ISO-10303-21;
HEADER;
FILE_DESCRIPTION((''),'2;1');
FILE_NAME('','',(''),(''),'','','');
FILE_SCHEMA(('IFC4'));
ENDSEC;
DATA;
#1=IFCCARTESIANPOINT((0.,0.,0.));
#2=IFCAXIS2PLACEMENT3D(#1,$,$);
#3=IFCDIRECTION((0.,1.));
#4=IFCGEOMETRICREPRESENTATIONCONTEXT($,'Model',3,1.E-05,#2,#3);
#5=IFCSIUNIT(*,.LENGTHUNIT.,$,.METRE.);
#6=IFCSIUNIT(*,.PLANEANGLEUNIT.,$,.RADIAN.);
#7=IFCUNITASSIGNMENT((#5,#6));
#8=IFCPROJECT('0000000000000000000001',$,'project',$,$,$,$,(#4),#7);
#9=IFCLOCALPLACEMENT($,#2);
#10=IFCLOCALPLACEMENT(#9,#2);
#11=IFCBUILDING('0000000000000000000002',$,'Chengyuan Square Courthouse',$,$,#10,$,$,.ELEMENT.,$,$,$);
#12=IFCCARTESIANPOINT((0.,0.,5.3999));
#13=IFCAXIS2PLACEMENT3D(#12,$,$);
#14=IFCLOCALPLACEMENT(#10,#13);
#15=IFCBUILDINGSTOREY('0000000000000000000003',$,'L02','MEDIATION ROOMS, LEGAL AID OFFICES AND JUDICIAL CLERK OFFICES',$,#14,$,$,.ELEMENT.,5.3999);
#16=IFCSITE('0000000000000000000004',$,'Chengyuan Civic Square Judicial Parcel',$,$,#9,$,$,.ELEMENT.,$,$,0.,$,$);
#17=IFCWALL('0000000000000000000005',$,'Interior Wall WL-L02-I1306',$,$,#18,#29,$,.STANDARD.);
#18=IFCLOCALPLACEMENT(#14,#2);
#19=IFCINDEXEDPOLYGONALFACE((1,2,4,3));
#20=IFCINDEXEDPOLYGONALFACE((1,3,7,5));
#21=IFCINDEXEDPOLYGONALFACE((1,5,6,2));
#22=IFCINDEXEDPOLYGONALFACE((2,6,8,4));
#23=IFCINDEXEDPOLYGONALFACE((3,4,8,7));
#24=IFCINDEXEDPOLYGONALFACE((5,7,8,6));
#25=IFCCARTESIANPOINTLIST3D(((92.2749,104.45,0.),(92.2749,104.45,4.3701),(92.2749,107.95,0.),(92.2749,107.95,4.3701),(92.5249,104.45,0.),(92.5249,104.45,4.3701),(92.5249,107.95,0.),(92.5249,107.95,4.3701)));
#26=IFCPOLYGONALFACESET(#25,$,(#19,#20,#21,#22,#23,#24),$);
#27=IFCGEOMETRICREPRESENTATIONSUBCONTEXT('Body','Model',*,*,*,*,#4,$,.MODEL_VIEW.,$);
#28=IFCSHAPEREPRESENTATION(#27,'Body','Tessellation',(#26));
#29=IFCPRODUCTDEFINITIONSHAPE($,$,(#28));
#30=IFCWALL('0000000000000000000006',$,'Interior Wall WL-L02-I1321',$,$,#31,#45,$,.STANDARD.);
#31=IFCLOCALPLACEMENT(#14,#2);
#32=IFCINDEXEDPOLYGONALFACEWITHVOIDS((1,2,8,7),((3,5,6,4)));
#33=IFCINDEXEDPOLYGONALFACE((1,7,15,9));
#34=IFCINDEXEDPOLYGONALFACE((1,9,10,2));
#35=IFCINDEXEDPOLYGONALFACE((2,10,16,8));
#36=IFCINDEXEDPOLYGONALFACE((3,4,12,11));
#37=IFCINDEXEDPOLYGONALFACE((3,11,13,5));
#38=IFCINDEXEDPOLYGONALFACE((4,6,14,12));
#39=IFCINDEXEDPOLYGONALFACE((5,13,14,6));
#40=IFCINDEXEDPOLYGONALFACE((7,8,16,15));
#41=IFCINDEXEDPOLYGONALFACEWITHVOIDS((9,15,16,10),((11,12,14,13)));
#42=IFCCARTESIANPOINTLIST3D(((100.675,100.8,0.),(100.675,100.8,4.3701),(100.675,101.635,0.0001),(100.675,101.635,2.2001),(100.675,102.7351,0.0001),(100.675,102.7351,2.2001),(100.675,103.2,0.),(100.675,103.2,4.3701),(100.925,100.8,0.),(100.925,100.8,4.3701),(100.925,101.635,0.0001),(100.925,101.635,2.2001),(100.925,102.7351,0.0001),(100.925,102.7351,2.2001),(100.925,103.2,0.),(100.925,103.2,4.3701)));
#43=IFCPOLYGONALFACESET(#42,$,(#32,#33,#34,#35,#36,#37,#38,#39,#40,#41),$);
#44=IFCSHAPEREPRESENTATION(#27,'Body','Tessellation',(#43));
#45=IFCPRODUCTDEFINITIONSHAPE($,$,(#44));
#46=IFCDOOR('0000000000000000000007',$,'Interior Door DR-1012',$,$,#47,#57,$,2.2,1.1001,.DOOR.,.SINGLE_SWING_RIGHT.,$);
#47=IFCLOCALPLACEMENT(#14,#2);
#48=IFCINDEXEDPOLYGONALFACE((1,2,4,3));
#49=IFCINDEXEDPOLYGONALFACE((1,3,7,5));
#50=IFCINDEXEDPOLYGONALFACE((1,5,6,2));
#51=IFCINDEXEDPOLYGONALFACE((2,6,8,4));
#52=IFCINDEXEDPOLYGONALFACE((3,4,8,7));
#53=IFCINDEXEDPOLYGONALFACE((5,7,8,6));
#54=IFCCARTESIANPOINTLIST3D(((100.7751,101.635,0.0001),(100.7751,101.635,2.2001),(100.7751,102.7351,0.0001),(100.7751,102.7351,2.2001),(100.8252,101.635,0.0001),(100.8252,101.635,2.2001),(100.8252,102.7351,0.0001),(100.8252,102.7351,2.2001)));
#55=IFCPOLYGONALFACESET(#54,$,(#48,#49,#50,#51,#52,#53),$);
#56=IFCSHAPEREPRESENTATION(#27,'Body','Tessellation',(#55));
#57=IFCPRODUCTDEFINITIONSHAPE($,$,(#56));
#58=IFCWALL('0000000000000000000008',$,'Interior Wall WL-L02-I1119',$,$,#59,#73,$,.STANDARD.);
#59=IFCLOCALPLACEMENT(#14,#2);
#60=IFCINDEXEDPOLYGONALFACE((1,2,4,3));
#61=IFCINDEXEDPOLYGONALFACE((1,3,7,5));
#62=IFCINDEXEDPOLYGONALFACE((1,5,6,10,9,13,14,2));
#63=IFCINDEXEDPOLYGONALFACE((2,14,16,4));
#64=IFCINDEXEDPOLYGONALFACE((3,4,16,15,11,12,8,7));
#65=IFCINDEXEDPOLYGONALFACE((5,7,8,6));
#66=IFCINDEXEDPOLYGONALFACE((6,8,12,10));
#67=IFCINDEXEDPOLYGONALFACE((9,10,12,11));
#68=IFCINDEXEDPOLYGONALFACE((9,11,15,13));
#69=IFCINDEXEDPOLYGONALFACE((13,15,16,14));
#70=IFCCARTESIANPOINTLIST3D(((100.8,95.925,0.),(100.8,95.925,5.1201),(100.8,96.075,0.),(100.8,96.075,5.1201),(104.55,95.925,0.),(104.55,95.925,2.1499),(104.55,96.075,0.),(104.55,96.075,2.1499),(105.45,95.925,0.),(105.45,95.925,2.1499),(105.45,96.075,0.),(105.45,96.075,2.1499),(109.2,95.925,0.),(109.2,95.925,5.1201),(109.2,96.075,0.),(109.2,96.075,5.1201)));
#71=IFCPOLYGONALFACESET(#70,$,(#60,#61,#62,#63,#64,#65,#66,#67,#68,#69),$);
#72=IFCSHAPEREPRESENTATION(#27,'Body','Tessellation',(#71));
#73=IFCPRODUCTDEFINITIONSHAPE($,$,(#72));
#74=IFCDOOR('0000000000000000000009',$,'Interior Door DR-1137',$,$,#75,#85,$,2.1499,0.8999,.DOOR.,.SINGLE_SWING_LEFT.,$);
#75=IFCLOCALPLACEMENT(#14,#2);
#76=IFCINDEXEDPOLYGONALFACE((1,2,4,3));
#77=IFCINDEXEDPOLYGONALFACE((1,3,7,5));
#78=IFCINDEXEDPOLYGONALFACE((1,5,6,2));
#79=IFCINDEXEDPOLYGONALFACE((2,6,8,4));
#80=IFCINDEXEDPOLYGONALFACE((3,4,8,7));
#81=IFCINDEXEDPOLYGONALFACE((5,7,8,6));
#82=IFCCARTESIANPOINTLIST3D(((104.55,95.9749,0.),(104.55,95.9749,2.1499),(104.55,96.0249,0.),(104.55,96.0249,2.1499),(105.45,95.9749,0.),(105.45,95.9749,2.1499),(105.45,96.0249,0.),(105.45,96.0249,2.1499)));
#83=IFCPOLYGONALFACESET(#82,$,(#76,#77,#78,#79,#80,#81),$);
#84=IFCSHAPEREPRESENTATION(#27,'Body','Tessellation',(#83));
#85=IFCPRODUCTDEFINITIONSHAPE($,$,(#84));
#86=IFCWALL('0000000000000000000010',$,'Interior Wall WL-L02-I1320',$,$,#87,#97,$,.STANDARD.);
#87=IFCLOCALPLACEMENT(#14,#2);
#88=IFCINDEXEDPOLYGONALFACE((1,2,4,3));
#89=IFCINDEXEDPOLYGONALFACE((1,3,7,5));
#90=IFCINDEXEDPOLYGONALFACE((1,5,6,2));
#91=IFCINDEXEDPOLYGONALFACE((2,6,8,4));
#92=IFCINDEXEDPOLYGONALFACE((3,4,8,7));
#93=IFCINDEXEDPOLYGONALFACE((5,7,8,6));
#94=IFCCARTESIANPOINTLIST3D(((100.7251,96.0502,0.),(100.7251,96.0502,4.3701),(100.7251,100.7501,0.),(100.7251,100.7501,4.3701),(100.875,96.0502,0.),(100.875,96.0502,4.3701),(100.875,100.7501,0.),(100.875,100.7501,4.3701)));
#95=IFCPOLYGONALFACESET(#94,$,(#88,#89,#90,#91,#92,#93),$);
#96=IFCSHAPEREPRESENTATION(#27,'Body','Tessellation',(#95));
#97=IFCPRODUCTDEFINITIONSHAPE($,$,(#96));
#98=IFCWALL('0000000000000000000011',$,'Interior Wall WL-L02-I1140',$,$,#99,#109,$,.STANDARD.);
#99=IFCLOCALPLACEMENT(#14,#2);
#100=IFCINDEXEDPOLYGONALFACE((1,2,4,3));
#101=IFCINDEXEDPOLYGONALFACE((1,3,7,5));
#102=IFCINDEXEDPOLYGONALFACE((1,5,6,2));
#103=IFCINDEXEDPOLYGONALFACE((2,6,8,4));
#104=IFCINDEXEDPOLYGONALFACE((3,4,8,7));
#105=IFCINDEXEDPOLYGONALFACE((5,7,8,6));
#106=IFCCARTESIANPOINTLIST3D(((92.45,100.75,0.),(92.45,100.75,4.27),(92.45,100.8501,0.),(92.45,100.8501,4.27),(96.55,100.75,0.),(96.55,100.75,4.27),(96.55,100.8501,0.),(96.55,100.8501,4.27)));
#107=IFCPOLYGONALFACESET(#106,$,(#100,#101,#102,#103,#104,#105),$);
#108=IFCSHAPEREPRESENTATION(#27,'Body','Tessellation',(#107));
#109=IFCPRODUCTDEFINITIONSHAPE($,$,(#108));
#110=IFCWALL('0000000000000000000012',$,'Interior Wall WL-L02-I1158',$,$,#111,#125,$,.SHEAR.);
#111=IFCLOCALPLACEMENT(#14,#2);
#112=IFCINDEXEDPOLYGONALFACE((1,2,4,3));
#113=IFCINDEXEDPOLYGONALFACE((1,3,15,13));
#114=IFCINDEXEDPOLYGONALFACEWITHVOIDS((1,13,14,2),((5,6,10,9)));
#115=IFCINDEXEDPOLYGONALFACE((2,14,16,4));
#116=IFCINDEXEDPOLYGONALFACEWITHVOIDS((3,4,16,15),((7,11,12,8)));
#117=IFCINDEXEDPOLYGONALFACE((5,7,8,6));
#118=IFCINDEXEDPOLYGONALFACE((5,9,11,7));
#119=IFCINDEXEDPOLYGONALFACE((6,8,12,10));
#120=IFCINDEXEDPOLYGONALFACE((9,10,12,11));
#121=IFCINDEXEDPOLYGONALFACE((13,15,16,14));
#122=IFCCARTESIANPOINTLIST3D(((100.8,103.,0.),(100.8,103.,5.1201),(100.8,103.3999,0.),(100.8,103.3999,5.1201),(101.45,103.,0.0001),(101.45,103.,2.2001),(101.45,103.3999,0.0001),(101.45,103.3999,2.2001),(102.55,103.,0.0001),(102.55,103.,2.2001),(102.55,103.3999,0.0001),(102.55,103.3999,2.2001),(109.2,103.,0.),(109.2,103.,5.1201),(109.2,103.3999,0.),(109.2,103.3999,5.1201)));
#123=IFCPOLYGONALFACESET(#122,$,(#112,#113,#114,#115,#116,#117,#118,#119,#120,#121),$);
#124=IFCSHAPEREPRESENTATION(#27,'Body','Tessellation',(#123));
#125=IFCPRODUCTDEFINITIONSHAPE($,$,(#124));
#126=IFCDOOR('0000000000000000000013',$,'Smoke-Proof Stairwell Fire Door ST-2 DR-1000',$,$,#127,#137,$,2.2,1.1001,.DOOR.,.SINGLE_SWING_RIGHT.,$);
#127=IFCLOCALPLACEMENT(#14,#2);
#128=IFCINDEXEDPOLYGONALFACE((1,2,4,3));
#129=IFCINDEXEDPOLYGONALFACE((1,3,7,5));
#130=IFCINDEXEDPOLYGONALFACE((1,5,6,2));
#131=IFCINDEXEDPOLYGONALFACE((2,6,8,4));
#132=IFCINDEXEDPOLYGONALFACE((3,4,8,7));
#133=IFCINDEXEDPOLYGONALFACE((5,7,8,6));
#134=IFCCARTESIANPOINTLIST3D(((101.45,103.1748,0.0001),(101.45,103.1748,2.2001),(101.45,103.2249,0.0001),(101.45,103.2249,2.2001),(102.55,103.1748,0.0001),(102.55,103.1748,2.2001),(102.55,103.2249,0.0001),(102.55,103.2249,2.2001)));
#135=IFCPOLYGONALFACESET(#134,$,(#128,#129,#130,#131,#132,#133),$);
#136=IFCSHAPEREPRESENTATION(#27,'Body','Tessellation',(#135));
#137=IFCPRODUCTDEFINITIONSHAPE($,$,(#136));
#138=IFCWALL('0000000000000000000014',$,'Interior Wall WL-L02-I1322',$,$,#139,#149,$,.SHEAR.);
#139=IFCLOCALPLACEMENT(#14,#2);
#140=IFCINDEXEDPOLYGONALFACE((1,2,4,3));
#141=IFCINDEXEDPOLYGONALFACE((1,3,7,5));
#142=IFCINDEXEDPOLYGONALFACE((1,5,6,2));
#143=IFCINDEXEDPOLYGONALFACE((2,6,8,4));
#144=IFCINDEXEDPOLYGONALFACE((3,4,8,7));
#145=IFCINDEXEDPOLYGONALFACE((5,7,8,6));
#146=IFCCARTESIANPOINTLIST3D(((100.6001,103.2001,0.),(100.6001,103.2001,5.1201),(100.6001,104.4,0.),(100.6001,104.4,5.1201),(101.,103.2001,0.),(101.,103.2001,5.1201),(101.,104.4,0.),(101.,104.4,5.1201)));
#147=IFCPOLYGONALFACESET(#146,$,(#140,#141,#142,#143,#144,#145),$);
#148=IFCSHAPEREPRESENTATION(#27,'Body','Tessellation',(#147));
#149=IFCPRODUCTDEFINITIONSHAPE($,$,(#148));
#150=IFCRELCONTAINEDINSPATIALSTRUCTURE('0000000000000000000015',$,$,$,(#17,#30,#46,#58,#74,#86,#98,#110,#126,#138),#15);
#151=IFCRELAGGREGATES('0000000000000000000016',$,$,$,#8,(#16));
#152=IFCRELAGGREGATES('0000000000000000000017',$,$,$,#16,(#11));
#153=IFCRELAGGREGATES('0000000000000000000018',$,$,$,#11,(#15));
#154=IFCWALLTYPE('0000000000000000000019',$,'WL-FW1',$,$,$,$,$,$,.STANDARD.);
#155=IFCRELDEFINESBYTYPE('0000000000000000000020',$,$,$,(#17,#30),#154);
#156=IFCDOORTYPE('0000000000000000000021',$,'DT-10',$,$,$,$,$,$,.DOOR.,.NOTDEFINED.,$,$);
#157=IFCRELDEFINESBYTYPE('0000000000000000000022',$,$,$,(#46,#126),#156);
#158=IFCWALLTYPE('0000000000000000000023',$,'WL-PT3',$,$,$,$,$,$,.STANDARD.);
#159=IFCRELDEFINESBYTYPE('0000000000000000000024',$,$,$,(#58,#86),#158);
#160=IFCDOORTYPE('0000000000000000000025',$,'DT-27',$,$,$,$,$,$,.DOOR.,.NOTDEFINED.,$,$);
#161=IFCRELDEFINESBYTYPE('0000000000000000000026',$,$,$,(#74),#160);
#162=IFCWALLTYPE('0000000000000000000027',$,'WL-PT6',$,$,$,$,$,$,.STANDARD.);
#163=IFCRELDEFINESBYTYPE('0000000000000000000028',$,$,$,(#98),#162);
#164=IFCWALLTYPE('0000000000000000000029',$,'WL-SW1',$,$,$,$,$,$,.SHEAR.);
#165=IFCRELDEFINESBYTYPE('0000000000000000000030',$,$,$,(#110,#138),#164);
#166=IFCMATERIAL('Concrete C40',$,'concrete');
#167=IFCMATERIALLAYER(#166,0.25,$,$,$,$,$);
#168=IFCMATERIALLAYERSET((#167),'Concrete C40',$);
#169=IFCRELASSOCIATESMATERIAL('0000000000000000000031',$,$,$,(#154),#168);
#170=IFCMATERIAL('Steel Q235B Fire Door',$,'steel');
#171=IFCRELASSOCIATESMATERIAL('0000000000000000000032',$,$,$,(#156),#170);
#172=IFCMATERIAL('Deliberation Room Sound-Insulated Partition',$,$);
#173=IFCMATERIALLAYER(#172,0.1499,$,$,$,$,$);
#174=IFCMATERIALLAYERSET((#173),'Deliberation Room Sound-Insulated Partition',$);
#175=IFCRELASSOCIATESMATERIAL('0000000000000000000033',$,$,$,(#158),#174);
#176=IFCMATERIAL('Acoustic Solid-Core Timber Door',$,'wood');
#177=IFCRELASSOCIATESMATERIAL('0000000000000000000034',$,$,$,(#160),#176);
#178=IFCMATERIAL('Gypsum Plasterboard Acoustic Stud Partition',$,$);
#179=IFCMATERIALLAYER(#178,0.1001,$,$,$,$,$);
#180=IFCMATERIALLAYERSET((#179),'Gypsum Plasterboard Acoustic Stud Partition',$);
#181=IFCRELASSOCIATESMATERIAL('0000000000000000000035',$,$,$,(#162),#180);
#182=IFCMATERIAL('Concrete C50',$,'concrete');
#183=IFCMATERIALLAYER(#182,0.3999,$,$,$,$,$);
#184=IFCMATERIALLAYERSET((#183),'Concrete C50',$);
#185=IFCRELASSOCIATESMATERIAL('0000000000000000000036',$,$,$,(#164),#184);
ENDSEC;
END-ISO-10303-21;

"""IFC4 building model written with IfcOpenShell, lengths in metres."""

from ifc_helpers import new_model, si_unit, direction, frame, frame_2d, origin, place, context, subcontext, project, spatial, rectangle, extrude, material, layer, layer_set, type_object, element, fill, save


model = new_model("IFC4")

# Units and contexts
model_context = context("Model", 3, precision=1e-05, world=origin(), true_north=direction((0.0, 1.0)))
body_context = subcontext(model_context, "Body", "Model", "MODEL_VIEW")
ifc_project = project(units=[si_unit("LENGTHUNIT", "METRE"), si_unit("PLANEANGLEUNIT", "RADIAN")], contexts=[model_context])

# Site, building, storey
site_placement = place(None, origin())
site = spatial("IfcSite", under=ifc_project, at=site_placement, Name="Chengyuan Civic Square Judicial Parcel", CompositionType="ELEMENT", RefElevation=0.0)
building_placement = place(site_placement, origin())
building = spatial("IfcBuilding", under=site, at=building_placement, Name="Chengyuan Square Courthouse", CompositionType="ELEMENT")
storey_placement = place(building_placement, frame((0.0, 0.0, 5.3999)))
storey = spatial("IfcBuildingStorey", under=building, at=storey_placement, Name="L02", Description="MEDIATION ROOMS, LEGAL AID OFFICES AND JUDICIAL CLERK OFFICES", CompositionType="ELEMENT", Elevation=5.3999)

# Shared definitions
ifc_material_1 = material(Name="Concrete C50", Category="concrete")

# Shared definitions
ifc_material_2 = material(Name="Concrete C40", Category="concrete")

# Shared definitions
ifc_layer_1 = layer(ifc_material_2, 0.25)
ifc_layer_set_1 = layer_set([ifc_layer_1], Name="Concrete C40")
wall_type_1 = type_object("IfcWallType", Name="WL-FW1", PredefinedType="STANDARD", material=ifc_layer_set_1)

# Shared definitions
ifc_material_3 = material(Name="Steel Q235B Fire Door", Category="steel")

# Wall
wall_1_placement = place(storey_placement, frame((92.3999, 104.45, 0.0), z_axis=(0.0, 0.0, 1.0), x_axis=(0.0, 1.0, 0.0)))
element("IfcWall", 1, at=wall_1_placement, inside=storey, type_object=wall_type_1, Name="Interior Wall WL-L02-I1306", PredefinedType="STANDARD", context=body_context, shape_type="SweptSolid", body=[
    extrude(rectangle(XDim=3.5, YDim=0.25, at=frame_2d((1.75, 0.0))), origin(), (0.0, 0.0, 1.0), 4.3701),
])

# Walls, openings, doors
wall_2_placement = place(storey_placement, frame((100.8, 100.8, 0.0), z_axis=(0.0, 0.0, 1.0), x_axis=(0.0, 1.0, 0.0)))
wall_2 = element("IfcWall", 2, at=wall_2_placement, inside=storey, type_object=wall_type_1, Name="Interior Wall WL-L02-I1321", PredefinedType="STANDARD", context=body_context, shape_type="SweptSolid", body=[
    extrude(rectangle(XDim=2.3999, YDim=0.25, at=frame_2d((1.2, 0.0))), origin(), (0.0, 0.0, 1.0), 4.3701),
])
opening_1_placement = place(wall_2_placement, frame((0.835, 0.0, 0.0)))
opening_1 = element("IfcOpeningElement", 3, at=opening_1_placement, cuts=wall_2, PredefinedType="OPENING", context=body_context, shape_type="SweptSolid", body=[
    extrude(rectangle(XDim=1.1001, YDim=2.2, at=frame_2d((0.55, 1.1001))), frame((0.0, 0.137, 0.0), z_axis=(0.0, -1.0, 0.0), x_axis=(1.0, 0.0, 0.0)), (0.0, 0.0, 1.0), 0.2739),
])
door_type_1 = type_object("IfcDoorType", Name="DT-10", OperationType="NOTDEFINED", PredefinedType="DOOR", material=ifc_material_3)
door_1_placement = place(opening_1_placement, origin())
door_1 = element("IfcDoor", 4, at=door_1_placement, inside=storey, type_object=door_type_1, Name="Interior Door DR-1012", OperationType="SINGLE_SWING_RIGHT", OverallHeight=2.2, OverallWidth=1.1001, PredefinedType="DOOR", context=body_context, shape_type="SweptSolid", body=[
    extrude(rectangle(XDim=1.1001, YDim=2.2, at=frame_2d((0.55, 1.1001))), frame((0.0, 0.0249, 0.0), z_axis=(0.0, -1.0, 0.0), x_axis=(1.0, 0.0, 0.0)), (0.0, 0.0, 1.0), 0.05),
])
fill(opening_1, door_1)
ifc_material_4 = material(Name="Deliberation Room Sound-Insulated Partition")
ifc_layer_2 = layer(ifc_material_4, 0.1499)
ifc_layer_set_2 = layer_set([ifc_layer_2], Name="Deliberation Room Sound-Insulated Partition")
wall_type_2 = type_object("IfcWallType", Name="WL-PT3", PredefinedType="STANDARD", material=ifc_layer_set_2)
wall_3_placement = place(storey_placement, frame((100.8, 96.0, 0.0), z_axis=(0.0, 0.0, 1.0), x_axis=(1.0, 0.0, 0.0)))
wall_3 = element("IfcWall", 5, at=wall_3_placement, inside=storey, type_object=wall_type_2, Name="Interior Wall WL-L02-I1119", PredefinedType="STANDARD", context=body_context, shape_type="SweptSolid", body=[
    extrude(rectangle(XDim=8.3999, YDim=0.1499, at=frame_2d((4.2, 0.0))), origin(), (0.0, 0.0, 1.0), 5.1201),
])
opening_2_placement = place(wall_3_placement, frame((3.75, 0.0, 0.0)))
opening_2 = element("IfcOpeningElement", 6, at=opening_2_placement, cuts=wall_3, PredefinedType="OPENING", context=body_context, shape_type="SweptSolid", body=[
    extrude(rectangle(XDim=0.8999, YDim=2.1499, at=frame_2d((0.45, 1.075))), frame((0.0, 0.0869, 0.0), z_axis=(0.0, -1.0, 0.0), x_axis=(1.0, 0.0, 0.0)), (0.0, 0.0, 1.0), 0.1738),
])
ifc_material_5 = material(Name="Acoustic Solid-Core Timber Door", Category="wood")
door_type_2 = type_object("IfcDoorType", Name="DT-27", OperationType="NOTDEFINED", PredefinedType="DOOR", material=ifc_material_5)
door_2_placement = place(opening_2_placement, origin())
door_2 = element("IfcDoor", 7, at=door_2_placement, inside=storey, type_object=door_type_2, Name="Interior Door DR-1137", OperationType="SINGLE_SWING_LEFT", OverallHeight=2.1499, OverallWidth=0.8999, PredefinedType="DOOR", context=body_context, shape_type="SweptSolid", body=[
    extrude(rectangle(XDim=0.8999, YDim=2.1499, at=frame_2d((0.45, 1.075))), frame((0.0, 0.0249, 0.0), z_axis=(0.0, -1.0, 0.0), x_axis=(1.0, 0.0, 0.0)), (0.0, 0.0, 1.0), 0.05),
])
fill(opening_2, door_2)

# Walls
wall_4_placement = place(storey_placement, frame((100.8, 96.05, 0.0), z_axis=(0.0, 0.0, 1.0), x_axis=(0.0, 1.0, 0.0)))
element("IfcWall", 8, at=wall_4_placement, inside=storey, type_object=wall_type_2, Name="Interior Wall WL-L02-I1320", PredefinedType="STANDARD", context=body_context, shape_type="SweptSolid", body=[
    extrude(rectangle(XDim=4.7, YDim=0.1499, at=frame_2d((2.3501, 0.0))), origin(), (0.0, 0.0, 1.0), 4.3701),
])
ifc_material_6 = material(Name="Gypsum Plasterboard Acoustic Stud Partition")
ifc_layer_3 = layer(ifc_material_6, 0.1001)
ifc_layer_set_3 = layer_set([ifc_layer_3], Name="Gypsum Plasterboard Acoustic Stud Partition")
wall_type_3 = type_object("IfcWallType", Name="WL-PT6", PredefinedType="STANDARD", material=ifc_layer_set_3)
wall_5_placement = place(storey_placement, frame((92.45, 100.8, 0.0), z_axis=(0.0, 0.0, 1.0), x_axis=(1.0, 0.0, 0.0)))
element("IfcWall", 9, at=wall_5_placement, inside=storey, type_object=wall_type_3, Name="Interior Wall WL-L02-I1140", PredefinedType="STANDARD", context=body_context, shape_type="SweptSolid", body=[
    extrude(rectangle(XDim=4.1001, YDim=0.1001, at=frame_2d((2.05, 0.0))), origin(), (0.0, 0.0, 1.0), 4.27),
])

# Wall, opening, door
ifc_layer_4 = layer(ifc_material_1, 0.3999)
ifc_layer_set_4 = layer_set([ifc_layer_4], Name="Concrete C50")
wall_type_4 = type_object("IfcWallType", Name="WL-SW1", PredefinedType="SHEAR", material=ifc_layer_set_4)
wall_6_placement = place(storey_placement, frame((100.8, 103.2, 0.0), z_axis=(0.0, 0.0, 1.0), x_axis=(1.0, 0.0, 0.0)))
wall_6 = element("IfcWall", 10, at=wall_6_placement, inside=storey, type_object=wall_type_4, Name="Interior Wall WL-L02-I1158", PredefinedType="SHEAR", context=body_context, shape_type="SweptSolid", body=[
    extrude(rectangle(XDim=8.3999, YDim=0.3999, at=frame_2d((4.2, 0.0))), origin(), (0.0, 0.0, 1.0), 5.1201),
])
opening_3_placement = place(wall_6_placement, frame((0.6499, 0.0, 0.0)))
opening_3 = element("IfcOpeningElement", 11, at=opening_3_placement, cuts=wall_6, PredefinedType="OPENING", context=body_context, shape_type="SweptSolid", body=[
    extrude(rectangle(XDim=1.1001, YDim=2.2, at=frame_2d((0.55, 1.1001))), frame((0.0, 0.2119, 0.0), z_axis=(0.0, -1.0, 0.0), x_axis=(1.0, 0.0, 0.0)), (0.0, 0.0, 1.0), 0.4238),
])
door_3_placement = place(opening_3_placement, origin())
door_3 = element("IfcDoor", 12, at=door_3_placement, inside=storey, type_object=door_type_1, Name="Smoke-Proof Stairwell Fire Door ST-2 DR-1000", OperationType="SINGLE_SWING_RIGHT", OverallHeight=2.2, OverallWidth=1.1001, PredefinedType="DOOR", context=body_context, shape_type="SweptSolid", body=[
    extrude(rectangle(XDim=1.1001, YDim=2.2, at=frame_2d((0.55, 1.1001))), frame((0.0, 0.0249, 0.0), z_axis=(0.0, -1.0, 0.0), x_axis=(1.0, 0.0, 0.0)), (0.0, 0.0, 1.0), 0.05),
])
fill(opening_3, door_3)

# Wall
wall_7_placement = place(storey_placement, frame((100.8, 103.2, 0.0), z_axis=(0.0, 0.0, 1.0), x_axis=(0.0, 1.0, 0.0)))
element("IfcWall", 13, at=wall_7_placement, inside=storey, type_object=wall_type_4, Name="Interior Wall WL-L02-I1322", PredefinedType="SHEAR", context=body_context, shape_type="SweptSolid", body=[
    extrude(rectangle(XDim=1.2, YDim=0.3999, at=frame_2d((0.6001, 0.0))), origin(), (0.0, 0.0, 1.0), 5.1201),
])

save(model, "model.ifc")
